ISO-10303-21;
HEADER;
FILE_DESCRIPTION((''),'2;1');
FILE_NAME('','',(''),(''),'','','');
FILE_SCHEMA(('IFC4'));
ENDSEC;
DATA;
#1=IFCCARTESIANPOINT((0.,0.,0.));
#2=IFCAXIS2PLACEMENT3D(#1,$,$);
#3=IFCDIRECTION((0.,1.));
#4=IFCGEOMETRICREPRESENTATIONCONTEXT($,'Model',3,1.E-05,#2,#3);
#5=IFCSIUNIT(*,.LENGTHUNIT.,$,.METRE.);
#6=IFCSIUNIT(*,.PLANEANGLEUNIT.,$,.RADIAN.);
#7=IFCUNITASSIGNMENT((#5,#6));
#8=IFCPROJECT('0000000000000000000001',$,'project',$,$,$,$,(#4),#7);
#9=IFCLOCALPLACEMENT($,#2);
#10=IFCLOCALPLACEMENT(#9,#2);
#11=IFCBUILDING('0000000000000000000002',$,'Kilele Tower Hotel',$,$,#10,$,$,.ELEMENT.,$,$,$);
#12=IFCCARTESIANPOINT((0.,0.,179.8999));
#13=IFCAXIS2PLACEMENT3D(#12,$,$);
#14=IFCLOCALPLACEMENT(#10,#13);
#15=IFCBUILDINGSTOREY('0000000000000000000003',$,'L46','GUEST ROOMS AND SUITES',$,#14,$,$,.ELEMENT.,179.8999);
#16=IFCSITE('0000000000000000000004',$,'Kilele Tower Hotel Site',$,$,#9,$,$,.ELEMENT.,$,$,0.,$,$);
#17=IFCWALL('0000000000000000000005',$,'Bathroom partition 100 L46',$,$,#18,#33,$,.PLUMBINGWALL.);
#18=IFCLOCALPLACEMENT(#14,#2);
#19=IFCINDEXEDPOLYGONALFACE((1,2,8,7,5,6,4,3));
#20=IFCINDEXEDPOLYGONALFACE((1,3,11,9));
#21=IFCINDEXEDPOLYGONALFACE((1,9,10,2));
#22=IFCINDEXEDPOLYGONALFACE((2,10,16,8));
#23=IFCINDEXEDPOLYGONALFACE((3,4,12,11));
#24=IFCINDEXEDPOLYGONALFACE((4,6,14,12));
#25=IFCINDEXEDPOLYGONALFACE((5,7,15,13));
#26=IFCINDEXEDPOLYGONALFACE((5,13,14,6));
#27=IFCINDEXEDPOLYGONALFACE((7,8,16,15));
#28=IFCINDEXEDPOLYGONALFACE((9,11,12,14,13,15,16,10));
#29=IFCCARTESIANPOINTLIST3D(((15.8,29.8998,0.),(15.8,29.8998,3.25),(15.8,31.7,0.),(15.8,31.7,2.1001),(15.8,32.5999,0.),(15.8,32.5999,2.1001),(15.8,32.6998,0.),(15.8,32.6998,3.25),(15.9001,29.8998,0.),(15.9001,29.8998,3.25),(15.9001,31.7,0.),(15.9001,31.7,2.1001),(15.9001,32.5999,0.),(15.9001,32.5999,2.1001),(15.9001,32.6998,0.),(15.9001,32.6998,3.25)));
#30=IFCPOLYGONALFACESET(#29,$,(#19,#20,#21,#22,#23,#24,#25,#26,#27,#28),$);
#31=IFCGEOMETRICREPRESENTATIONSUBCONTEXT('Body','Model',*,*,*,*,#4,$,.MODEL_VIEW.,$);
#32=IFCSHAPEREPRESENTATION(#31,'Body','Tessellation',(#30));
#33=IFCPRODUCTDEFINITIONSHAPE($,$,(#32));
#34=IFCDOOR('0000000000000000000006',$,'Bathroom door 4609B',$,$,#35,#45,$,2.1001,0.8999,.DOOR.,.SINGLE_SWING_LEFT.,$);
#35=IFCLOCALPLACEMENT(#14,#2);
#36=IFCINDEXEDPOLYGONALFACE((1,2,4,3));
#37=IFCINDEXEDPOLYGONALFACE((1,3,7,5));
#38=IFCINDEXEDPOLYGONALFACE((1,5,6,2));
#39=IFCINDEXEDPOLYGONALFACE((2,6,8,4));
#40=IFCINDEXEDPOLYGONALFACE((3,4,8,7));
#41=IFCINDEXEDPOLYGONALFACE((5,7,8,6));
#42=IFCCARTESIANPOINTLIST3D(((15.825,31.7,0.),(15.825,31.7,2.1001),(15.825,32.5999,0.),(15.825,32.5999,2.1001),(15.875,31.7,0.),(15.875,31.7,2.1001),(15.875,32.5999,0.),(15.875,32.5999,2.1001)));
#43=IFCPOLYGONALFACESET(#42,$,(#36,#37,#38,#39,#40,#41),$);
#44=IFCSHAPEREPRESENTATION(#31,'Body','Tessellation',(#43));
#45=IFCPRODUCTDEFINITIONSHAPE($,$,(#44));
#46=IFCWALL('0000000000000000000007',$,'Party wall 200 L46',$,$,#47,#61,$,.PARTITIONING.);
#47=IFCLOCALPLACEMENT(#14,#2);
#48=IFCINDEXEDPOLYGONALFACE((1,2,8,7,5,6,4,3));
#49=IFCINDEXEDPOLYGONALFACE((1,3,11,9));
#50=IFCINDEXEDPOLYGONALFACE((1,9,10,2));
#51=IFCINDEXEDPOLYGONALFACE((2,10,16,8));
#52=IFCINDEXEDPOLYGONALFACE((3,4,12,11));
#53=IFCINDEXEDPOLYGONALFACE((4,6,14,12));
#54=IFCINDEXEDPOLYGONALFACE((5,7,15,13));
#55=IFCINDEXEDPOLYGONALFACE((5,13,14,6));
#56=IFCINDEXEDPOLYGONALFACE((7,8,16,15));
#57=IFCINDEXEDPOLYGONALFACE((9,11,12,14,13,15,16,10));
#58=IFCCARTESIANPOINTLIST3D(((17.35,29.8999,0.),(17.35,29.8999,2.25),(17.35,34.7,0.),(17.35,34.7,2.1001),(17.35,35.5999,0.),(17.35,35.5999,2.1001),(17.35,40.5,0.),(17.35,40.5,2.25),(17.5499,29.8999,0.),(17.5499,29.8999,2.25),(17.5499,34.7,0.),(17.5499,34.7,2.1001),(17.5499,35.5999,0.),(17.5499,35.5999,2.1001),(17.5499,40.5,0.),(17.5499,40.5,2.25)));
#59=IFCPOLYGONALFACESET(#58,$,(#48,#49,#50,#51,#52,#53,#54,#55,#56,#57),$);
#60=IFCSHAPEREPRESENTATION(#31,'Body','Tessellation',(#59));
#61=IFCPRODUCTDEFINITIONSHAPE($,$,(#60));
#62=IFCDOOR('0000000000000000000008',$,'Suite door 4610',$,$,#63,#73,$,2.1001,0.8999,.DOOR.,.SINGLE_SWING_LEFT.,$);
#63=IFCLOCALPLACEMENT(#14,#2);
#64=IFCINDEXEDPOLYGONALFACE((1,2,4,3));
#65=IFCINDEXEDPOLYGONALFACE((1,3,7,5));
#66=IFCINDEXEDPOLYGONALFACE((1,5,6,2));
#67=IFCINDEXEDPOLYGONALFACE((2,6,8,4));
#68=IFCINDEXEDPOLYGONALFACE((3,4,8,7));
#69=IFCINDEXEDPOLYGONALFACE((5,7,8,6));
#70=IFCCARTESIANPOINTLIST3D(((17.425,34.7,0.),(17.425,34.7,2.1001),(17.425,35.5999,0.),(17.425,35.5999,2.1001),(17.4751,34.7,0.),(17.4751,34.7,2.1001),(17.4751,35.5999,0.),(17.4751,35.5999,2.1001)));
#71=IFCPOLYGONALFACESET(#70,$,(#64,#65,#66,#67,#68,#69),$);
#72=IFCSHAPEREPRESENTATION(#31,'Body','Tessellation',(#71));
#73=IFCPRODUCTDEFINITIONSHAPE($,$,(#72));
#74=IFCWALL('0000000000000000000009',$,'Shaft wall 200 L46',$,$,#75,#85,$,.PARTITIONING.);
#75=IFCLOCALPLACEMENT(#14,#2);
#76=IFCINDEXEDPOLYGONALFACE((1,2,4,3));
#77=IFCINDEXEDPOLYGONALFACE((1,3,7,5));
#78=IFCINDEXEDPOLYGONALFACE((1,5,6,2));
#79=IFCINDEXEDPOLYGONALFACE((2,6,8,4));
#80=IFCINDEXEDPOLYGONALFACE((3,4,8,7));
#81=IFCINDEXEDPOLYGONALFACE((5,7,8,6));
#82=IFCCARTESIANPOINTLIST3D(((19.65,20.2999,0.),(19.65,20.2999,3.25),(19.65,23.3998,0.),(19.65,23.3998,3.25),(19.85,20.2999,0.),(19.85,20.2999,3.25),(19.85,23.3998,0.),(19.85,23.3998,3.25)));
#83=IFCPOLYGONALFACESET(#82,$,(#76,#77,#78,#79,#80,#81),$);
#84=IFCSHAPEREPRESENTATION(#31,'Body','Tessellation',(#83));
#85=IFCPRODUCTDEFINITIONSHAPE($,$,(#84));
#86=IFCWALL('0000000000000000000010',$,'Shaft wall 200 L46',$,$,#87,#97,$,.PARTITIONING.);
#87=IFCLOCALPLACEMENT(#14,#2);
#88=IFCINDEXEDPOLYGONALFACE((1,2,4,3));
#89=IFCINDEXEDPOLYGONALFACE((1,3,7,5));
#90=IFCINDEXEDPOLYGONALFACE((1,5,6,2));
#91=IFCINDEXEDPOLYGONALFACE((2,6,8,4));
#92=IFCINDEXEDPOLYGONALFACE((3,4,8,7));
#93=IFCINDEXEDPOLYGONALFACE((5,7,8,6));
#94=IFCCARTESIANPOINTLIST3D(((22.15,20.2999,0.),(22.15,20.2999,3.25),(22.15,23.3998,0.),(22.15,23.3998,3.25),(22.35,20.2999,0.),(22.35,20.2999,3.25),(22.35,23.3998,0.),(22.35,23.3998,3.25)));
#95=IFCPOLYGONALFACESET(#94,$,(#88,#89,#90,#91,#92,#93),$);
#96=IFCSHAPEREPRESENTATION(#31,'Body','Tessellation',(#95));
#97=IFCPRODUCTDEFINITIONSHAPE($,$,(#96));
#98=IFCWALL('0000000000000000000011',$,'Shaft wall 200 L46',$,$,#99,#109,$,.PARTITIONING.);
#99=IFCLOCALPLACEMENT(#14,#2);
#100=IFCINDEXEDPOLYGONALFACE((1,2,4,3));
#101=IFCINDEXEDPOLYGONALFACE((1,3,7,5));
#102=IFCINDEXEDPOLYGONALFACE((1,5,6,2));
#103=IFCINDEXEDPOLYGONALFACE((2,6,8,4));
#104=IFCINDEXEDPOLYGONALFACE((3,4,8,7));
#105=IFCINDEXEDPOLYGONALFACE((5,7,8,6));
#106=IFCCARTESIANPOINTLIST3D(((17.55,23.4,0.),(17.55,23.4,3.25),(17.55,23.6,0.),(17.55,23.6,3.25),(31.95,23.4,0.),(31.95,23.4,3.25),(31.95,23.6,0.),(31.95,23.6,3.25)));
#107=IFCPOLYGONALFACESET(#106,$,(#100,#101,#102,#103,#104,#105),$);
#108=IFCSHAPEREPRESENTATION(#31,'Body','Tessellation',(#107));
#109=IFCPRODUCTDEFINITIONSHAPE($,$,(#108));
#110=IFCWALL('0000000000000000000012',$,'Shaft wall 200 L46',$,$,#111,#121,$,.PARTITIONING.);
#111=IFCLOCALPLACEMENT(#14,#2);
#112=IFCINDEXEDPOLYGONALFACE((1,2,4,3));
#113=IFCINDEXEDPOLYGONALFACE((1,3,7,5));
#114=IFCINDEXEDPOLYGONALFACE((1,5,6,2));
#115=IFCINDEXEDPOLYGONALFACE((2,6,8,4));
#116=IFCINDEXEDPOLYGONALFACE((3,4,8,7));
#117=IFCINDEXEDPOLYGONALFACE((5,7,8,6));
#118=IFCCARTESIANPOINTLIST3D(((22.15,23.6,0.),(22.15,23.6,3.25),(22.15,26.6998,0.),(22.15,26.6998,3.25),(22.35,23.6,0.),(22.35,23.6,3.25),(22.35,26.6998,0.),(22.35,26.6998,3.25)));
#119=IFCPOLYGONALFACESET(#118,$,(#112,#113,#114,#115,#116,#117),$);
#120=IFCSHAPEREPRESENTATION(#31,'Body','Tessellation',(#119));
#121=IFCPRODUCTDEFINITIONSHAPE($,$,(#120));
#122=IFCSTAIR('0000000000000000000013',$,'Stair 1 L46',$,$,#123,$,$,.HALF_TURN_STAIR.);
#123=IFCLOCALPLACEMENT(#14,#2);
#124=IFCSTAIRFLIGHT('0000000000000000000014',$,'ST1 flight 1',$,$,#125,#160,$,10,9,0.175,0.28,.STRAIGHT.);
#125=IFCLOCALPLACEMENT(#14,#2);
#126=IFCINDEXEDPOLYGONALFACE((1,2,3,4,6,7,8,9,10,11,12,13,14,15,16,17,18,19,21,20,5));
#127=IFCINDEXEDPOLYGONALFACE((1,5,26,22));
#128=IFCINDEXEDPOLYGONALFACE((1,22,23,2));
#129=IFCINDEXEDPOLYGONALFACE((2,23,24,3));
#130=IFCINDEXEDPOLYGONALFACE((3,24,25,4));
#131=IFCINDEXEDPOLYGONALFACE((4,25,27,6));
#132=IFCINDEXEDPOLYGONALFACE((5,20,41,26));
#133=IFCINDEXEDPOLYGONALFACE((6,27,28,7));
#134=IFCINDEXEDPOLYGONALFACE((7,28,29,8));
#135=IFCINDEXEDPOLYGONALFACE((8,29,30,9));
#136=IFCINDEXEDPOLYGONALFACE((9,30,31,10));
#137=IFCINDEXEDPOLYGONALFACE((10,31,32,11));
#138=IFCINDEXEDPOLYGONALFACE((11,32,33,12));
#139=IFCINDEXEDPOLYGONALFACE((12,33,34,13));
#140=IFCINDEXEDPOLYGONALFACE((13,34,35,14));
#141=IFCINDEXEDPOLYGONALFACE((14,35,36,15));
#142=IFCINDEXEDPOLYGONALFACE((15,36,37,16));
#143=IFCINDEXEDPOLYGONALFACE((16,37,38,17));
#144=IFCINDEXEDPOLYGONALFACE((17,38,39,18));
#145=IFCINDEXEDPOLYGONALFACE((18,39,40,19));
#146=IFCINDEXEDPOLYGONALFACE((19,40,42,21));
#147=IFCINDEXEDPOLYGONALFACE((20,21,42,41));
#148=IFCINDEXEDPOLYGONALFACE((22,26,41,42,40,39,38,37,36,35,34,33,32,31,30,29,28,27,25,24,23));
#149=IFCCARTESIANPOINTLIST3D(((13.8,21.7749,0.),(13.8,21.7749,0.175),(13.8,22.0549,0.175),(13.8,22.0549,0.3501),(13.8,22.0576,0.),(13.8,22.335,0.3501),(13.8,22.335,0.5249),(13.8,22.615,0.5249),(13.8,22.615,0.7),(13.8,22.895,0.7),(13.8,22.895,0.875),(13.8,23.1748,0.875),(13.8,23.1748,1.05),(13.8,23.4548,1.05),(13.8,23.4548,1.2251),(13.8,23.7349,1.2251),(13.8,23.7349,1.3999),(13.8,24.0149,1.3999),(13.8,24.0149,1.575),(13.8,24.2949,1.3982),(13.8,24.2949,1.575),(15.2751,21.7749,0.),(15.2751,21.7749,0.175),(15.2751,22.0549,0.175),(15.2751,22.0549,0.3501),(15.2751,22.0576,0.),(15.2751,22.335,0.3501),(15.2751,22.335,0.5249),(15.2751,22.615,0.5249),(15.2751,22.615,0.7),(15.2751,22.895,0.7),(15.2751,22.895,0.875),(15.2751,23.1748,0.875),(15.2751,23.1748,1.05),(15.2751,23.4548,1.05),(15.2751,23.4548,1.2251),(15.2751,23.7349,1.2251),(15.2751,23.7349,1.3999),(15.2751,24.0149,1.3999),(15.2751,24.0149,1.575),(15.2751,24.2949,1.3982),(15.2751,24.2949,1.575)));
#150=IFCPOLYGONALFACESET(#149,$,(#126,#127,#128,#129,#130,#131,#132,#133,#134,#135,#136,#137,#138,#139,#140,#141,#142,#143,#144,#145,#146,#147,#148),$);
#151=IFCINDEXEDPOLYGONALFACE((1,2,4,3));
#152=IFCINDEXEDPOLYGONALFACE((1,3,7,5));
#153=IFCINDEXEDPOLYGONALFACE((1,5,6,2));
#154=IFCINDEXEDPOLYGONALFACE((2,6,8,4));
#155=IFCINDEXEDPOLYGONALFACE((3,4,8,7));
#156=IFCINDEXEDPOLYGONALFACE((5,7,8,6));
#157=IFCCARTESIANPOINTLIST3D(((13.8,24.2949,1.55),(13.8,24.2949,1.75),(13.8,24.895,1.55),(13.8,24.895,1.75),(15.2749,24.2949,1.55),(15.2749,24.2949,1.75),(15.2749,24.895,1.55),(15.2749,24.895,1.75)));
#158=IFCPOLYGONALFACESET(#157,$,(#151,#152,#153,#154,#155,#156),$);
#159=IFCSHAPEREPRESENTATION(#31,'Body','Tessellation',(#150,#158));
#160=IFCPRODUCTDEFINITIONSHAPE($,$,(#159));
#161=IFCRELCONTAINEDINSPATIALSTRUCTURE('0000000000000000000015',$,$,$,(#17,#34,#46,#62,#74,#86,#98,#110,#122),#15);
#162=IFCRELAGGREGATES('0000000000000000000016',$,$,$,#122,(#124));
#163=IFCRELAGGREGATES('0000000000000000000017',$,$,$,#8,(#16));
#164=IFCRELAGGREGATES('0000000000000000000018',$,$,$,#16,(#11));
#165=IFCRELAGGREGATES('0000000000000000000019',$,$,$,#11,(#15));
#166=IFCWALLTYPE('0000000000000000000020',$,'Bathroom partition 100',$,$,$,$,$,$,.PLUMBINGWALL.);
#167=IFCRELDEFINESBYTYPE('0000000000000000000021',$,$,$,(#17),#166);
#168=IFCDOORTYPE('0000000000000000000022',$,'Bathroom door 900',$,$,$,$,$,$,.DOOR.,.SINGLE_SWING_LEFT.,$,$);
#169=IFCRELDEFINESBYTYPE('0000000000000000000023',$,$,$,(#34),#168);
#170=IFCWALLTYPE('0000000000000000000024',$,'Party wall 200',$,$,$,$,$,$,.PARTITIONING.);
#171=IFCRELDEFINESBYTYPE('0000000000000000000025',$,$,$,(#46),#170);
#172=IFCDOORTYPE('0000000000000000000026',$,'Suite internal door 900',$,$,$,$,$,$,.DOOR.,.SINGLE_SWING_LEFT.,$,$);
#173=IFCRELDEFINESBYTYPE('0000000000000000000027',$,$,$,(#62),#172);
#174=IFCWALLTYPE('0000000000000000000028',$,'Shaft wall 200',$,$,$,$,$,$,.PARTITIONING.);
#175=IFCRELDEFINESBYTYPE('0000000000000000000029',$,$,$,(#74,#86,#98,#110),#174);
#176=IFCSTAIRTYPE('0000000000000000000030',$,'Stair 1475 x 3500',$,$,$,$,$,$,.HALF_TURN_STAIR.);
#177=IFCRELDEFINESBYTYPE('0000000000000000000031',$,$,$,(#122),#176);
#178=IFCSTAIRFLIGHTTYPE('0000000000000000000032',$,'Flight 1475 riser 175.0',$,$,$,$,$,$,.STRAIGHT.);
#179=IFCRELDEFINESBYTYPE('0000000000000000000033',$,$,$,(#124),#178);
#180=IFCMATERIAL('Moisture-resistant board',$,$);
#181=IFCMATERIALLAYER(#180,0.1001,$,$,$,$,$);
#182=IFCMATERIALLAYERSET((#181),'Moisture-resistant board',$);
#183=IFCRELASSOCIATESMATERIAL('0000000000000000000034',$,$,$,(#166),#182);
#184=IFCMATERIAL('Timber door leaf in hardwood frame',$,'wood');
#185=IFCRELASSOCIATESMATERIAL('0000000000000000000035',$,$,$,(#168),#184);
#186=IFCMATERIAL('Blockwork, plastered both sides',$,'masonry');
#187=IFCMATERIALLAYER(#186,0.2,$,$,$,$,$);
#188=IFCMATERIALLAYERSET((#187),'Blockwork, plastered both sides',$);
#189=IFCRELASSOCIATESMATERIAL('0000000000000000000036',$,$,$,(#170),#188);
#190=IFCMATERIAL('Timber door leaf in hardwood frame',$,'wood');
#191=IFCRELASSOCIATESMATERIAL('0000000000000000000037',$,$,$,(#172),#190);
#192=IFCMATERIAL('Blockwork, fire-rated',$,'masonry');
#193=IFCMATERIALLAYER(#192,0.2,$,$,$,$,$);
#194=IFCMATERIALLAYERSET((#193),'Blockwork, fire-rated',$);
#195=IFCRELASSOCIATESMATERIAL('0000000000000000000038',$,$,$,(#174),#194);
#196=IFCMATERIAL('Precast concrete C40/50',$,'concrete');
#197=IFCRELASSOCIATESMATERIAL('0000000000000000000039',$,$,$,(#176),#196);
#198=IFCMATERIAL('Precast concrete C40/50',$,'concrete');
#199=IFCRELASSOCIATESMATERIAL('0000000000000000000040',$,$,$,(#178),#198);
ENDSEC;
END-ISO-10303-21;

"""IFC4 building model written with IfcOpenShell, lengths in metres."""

from ifc_helpers import new_model, si_unit, direction, frame, frame_2d, origin, place, context, subcontext, project, spatial, polyline, rectangle, outline, extrude, material, layer, layer_set, type_object, element, fill, aggregate, save


model = new_model("IFC4")

# Units and contexts
model_context = context("Model", 3, precision=1e-05, world=origin(), true_north=direction((0.0, 1.0)))
body_context = subcontext(model_context, "Body", "Model", "MODEL_VIEW")
ifc_project = project(units=[si_unit("LENGTHUNIT", "METRE"), si_unit("PLANEANGLEUNIT", "RADIAN")], contexts=[model_context])

# Site, building, storey
site_placement = place(None, origin())
site = spatial("IfcSite", under=ifc_project, at=site_placement, Name="Kilele Tower Hotel Site", CompositionType="ELEMENT", RefElevation=0.0)
building_placement = place(site_placement, origin())
building = spatial("IfcBuilding", under=site, at=building_placement, Name="Kilele Tower Hotel", CompositionType="ELEMENT")
storey_placement = place(building_placement, frame((0.0, 0.0, 179.8999)))
storey = spatial("IfcBuildingStorey", under=building, at=storey_placement, Name="L46", Description="GUEST ROOMS AND SUITES", CompositionType="ELEMENT", Elevation=179.8999)

# Walls, openings, doors
ifc_material_1 = material(Name="Moisture-resistant board")
ifc_layer_1 = layer(ifc_material_1, 0.1001)
ifc_layer_set_1 = layer_set([ifc_layer_1], Name="Moisture-resistant board")
wall_type_1 = type_object("IfcWallType", Name="Bathroom partition 100", PredefinedType="PLUMBINGWALL", material=ifc_layer_set_1)
wall_1_placement = place(storey_placement, frame((15.8501, 29.8999, 0.0), z_axis=(0.0, 0.0, 1.0), x_axis=(0.0, 1.0, 0.0)))
wall_1 = element("IfcWall", 1, at=wall_1_placement, inside=storey, type_object=wall_type_1, Name="Bathroom partition 100 L46", PredefinedType="PLUMBINGWALL", context=body_context, shape_type="SweptSolid", body=[
    extrude(rectangle(XDim=2.8, YDim=0.1001, at=frame_2d((1.3999, 0.0))), origin(), (0.0, 0.0, 1.0), 3.25),
])
opening_1_placement = place(wall_1_placement, frame((2.7, 0.0, 0.0), z_axis=(0.0, 0.0, 1.0), x_axis=(-1.0, 0.0, 0.0)))
opening_1 = element("IfcOpeningElement", 2, at=opening_1_placement, cuts=wall_1, PredefinedType="OPENING", context=body_context, shape_type="SweptSolid", body=[
    extrude(rectangle(XDim=0.8999, YDim=2.1001, at=frame_2d((0.45, 1.05))), frame((0.0, 0.0601, 0.0), z_axis=(0.0, -1.0, 0.0), x_axis=(1.0, 0.0, 0.0)), (0.0, 0.0, 1.0), 0.1201),
])
ifc_material_2 = material(Name="Timber door leaf in hardwood frame", Category="wood")
door_type_1 = type_object("IfcDoorType", Name="Bathroom door 900", OperationType="SINGLE_SWING_LEFT", PredefinedType="DOOR", material=ifc_material_2)
door_1_placement = place(opening_1_placement, origin())
door_1 = element("IfcDoor", 3, at=door_1_placement, inside=storey, type_object=door_type_1, Name="Bathroom door 4609B", OperationType="SINGLE_SWING_LEFT", OverallHeight=2.1001, OverallWidth=0.8999, PredefinedType="DOOR", context=body_context, shape_type="SweptSolid", body=[
    extrude(rectangle(XDim=0.8999, YDim=2.1001, at=frame_2d((0.45, 1.05))), frame((0.0, 0.0249, 0.0), z_axis=(0.0, -1.0, 0.0), x_axis=(1.0, 0.0, 0.0)), (0.0, 0.0, 1.0), 0.05),
])
fill(opening_1, door_1)
ifc_material_3 = material(Name="Blockwork, plastered both sides", Category="masonry")
ifc_layer_2 = layer(ifc_material_3, 0.2)
ifc_layer_set_2 = layer_set([ifc_layer_2], Name="Blockwork, plastered both sides")
wall_type_2 = type_object("IfcWallType", Name="Party wall 200", PredefinedType="PARTITIONING", material=ifc_layer_set_2)
wall_2_placement = place(storey_placement, frame((17.45, 29.8999, 0.0), z_axis=(0.0, 0.0, 1.0), x_axis=(0.0, 1.0, 0.0)))
wall_2 = element("IfcWall", 4, at=wall_2_placement, inside=storey, type_object=wall_type_2, Name="Party wall 200 L46", PredefinedType="PARTITIONING", context=body_context, shape_type="SweptSolid", body=[
    extrude(rectangle(XDim=10.6001, YDim=0.2, at=frame_2d((5.3, 0.0))), origin(), (0.0, 0.0, 1.0), 2.25),
])
opening_2_placement = place(wall_2_placement, frame((4.8, 0.0, 0.0)))
opening_2 = element("IfcOpeningElement", 5, at=opening_2_placement, cuts=wall_2, PredefinedType="OPENING", context=body_context, shape_type="SweptSolid", body=[
    extrude(rectangle(XDim=0.8999, YDim=2.1001, at=frame_2d((0.45, 1.05))), frame((0.0, 0.1099, 0.0), z_axis=(0.0, -1.0, 0.0), x_axis=(1.0, 0.0, 0.0)), (0.0, 0.0, 1.0), 0.22),
])
ifc_material_4 = material(Name="Timber door leaf in hardwood frame", Category="wood")
door_type_2 = type_object("IfcDoorType", Name="Suite internal door 900", OperationType="SINGLE_SWING_LEFT", PredefinedType="DOOR", material=ifc_material_4)
door_2_placement = place(opening_2_placement, origin())
door_2 = element("IfcDoor", 6, at=door_2_placement, inside=storey, type_object=door_type_2, Name="Suite door 4610", OperationType="SINGLE_SWING_LEFT", OverallHeight=2.1001, OverallWidth=0.8999, PredefinedType="DOOR", context=body_context, shape_type="SweptSolid", body=[
    extrude(rectangle(XDim=0.8999, YDim=2.1001, at=frame_2d((0.45, 1.05))), frame((0.0, 0.0249, 0.0), z_axis=(0.0, -1.0, 0.0), x_axis=(1.0, 0.0, 0.0)), (0.0, 0.0, 1.0), 0.05),
])
fill(opening_2, door_2)

# Walls
ifc_material_5 = material(Name="Blockwork, fire-rated", Category="masonry")
ifc_layer_3 = layer(ifc_material_5, 0.2)
ifc_layer_set_3 = layer_set([ifc_layer_3], Name="Blockwork, fire-rated")
wall_type_3 = type_object("IfcWallType", Name="Shaft wall 200", PredefinedType="PARTITIONING", material=ifc_layer_set_3)
for number, where, z_axis, x_axis, name in (
    (7, (19.75, 20.3, 0.0), (0.0, 0.0, 1.0), (0.0, 1.0, 0.0), "Shaft wall 200 L46"),
    (8, (22.25, 20.3, 0.0), (0.0, 0.0, 1.0), (0.0, 1.0, 0.0), "Shaft wall 200 L46"),
):
    element("IfcWall", number, at=place(storey_placement, frame(where, z_axis=z_axis, x_axis=x_axis)), inside=storey, type_object=wall_type_3, Name=name, PredefinedType="PARTITIONING", context=body_context, shape_type="SweptSolid", body=[
        extrude(rectangle(XDim=3.0999, YDim=0.2, at=frame_2d((1.5498, 0.0))), origin(), (0.0, 0.0, 1.0), 3.25),
    ])
wall_3_placement = place(storey_placement, frame((17.55, 23.5, 0.0), z_axis=(0.0, 0.0, 1.0), x_axis=(1.0, 0.0, 0.0)))
element("IfcWall", 9, at=wall_3_placement, inside=storey, type_object=wall_type_3, Name="Shaft wall 200 L46", PredefinedType="PARTITIONING", context=body_context, shape_type="SweptSolid", body=[
    extrude(rectangle(XDim=14.3999, YDim=0.2, at=frame_2d((7.2, 0.0))), origin(), (0.0, 0.0, 1.0), 3.25),
])
wall_4_placement = place(storey_placement, frame((22.25, 23.6001, 0.0), z_axis=(0.0, 0.0, 1.0), x_axis=(0.0, 1.0, 0.0)))
element("IfcWall", 10, at=wall_4_placement, inside=storey, type_object=wall_type_3, Name="Shaft wall 200 L46", PredefinedType="PARTITIONING", context=body_context, shape_type="SweptSolid", body=[
    extrude(rectangle(XDim=3.0999, YDim=0.2, at=frame_2d((1.5498, 0.0))), origin(), (0.0, 0.0, 1.0), 3.25),
])

# Stair, stair flight
ifc_material_6 = material(Name="Precast concrete C40/50", Category="concrete")
stair_type = type_object("IfcStairType", Name="Stair 1475 x 3500", PredefinedType="HALF_TURN_STAIR", material=ifc_material_6)
stair_placement = place(storey_placement, origin())
stair = element("IfcStair", 11, at=stair_placement, inside=storey, type_object=stair_type, Name="Stair 1 L46", PredefinedType="HALF_TURN_STAIR")
ifc_material_7 = material(Name="Precast concrete C40/50", Category="concrete")
stair_flight_type = type_object("IfcStairFlightType", Name="Flight 1475 riser 175.0", PredefinedType="STRAIGHT", material=ifc_material_7)
stair_flight_1_placement = place(storey_placement, frame((14.5376, 21.7749, 0.0), z_axis=(0.0, 0.0, 1.0), x_axis=(0.0, 1.0, 0.0)))
stair_flight_1 = element("IfcStairFlight", 12, at=stair_flight_1_placement, type_object=stair_flight_type, Name="ST1 flight 1", NumberOfRisers=10, NumberOfTreads=9, PredefinedType="STRAIGHT", RiserHeight=0.175, TreadLength=0.28, context=body_context, shape_type="SweptSolid", body=[
    extrude(outline(polyline([(0.0, 0.0), (0.0, 0.175), (0.28, 0.175), (0.28, 0.3501), (0.5601, 0.3501), (0.5601, 0.5249), (0.8401, 0.5249), (0.8401, 0.7), (1.1201, 0.7), (1.1201, 0.875), (1.3999, 0.875), (1.3999, 1.05), (1.6799, 1.05), (1.6799, 1.2251), (1.96, 1.2251), (1.96, 1.3999), (2.24, 1.3999), (2.24, 1.575), (2.52, 1.575), (2.52, 1.75), (2.52, 1.3982), (0.2827, 0.0), (0.0, 0.0)])), frame((0.0, 0.7375, 0.0), z_axis=(0.0, -1.0, 0.0), x_axis=(1.0, 0.0, 0.0)), (0.0, 0.0, 1.0), 1.4751),
    extrude(outline(polyline([(2.52, 0.7375), (2.52, -0.7373), (3.1201, -0.7373), (3.1201, 0.7375), (2.52, 0.7375)])), frame((0.0, 0.0, 1.55)), (0.0, 0.0, 1.0), 0.2),
])
aggregate(stair, [stair_flight_1])

save(model, "model.ifc")
